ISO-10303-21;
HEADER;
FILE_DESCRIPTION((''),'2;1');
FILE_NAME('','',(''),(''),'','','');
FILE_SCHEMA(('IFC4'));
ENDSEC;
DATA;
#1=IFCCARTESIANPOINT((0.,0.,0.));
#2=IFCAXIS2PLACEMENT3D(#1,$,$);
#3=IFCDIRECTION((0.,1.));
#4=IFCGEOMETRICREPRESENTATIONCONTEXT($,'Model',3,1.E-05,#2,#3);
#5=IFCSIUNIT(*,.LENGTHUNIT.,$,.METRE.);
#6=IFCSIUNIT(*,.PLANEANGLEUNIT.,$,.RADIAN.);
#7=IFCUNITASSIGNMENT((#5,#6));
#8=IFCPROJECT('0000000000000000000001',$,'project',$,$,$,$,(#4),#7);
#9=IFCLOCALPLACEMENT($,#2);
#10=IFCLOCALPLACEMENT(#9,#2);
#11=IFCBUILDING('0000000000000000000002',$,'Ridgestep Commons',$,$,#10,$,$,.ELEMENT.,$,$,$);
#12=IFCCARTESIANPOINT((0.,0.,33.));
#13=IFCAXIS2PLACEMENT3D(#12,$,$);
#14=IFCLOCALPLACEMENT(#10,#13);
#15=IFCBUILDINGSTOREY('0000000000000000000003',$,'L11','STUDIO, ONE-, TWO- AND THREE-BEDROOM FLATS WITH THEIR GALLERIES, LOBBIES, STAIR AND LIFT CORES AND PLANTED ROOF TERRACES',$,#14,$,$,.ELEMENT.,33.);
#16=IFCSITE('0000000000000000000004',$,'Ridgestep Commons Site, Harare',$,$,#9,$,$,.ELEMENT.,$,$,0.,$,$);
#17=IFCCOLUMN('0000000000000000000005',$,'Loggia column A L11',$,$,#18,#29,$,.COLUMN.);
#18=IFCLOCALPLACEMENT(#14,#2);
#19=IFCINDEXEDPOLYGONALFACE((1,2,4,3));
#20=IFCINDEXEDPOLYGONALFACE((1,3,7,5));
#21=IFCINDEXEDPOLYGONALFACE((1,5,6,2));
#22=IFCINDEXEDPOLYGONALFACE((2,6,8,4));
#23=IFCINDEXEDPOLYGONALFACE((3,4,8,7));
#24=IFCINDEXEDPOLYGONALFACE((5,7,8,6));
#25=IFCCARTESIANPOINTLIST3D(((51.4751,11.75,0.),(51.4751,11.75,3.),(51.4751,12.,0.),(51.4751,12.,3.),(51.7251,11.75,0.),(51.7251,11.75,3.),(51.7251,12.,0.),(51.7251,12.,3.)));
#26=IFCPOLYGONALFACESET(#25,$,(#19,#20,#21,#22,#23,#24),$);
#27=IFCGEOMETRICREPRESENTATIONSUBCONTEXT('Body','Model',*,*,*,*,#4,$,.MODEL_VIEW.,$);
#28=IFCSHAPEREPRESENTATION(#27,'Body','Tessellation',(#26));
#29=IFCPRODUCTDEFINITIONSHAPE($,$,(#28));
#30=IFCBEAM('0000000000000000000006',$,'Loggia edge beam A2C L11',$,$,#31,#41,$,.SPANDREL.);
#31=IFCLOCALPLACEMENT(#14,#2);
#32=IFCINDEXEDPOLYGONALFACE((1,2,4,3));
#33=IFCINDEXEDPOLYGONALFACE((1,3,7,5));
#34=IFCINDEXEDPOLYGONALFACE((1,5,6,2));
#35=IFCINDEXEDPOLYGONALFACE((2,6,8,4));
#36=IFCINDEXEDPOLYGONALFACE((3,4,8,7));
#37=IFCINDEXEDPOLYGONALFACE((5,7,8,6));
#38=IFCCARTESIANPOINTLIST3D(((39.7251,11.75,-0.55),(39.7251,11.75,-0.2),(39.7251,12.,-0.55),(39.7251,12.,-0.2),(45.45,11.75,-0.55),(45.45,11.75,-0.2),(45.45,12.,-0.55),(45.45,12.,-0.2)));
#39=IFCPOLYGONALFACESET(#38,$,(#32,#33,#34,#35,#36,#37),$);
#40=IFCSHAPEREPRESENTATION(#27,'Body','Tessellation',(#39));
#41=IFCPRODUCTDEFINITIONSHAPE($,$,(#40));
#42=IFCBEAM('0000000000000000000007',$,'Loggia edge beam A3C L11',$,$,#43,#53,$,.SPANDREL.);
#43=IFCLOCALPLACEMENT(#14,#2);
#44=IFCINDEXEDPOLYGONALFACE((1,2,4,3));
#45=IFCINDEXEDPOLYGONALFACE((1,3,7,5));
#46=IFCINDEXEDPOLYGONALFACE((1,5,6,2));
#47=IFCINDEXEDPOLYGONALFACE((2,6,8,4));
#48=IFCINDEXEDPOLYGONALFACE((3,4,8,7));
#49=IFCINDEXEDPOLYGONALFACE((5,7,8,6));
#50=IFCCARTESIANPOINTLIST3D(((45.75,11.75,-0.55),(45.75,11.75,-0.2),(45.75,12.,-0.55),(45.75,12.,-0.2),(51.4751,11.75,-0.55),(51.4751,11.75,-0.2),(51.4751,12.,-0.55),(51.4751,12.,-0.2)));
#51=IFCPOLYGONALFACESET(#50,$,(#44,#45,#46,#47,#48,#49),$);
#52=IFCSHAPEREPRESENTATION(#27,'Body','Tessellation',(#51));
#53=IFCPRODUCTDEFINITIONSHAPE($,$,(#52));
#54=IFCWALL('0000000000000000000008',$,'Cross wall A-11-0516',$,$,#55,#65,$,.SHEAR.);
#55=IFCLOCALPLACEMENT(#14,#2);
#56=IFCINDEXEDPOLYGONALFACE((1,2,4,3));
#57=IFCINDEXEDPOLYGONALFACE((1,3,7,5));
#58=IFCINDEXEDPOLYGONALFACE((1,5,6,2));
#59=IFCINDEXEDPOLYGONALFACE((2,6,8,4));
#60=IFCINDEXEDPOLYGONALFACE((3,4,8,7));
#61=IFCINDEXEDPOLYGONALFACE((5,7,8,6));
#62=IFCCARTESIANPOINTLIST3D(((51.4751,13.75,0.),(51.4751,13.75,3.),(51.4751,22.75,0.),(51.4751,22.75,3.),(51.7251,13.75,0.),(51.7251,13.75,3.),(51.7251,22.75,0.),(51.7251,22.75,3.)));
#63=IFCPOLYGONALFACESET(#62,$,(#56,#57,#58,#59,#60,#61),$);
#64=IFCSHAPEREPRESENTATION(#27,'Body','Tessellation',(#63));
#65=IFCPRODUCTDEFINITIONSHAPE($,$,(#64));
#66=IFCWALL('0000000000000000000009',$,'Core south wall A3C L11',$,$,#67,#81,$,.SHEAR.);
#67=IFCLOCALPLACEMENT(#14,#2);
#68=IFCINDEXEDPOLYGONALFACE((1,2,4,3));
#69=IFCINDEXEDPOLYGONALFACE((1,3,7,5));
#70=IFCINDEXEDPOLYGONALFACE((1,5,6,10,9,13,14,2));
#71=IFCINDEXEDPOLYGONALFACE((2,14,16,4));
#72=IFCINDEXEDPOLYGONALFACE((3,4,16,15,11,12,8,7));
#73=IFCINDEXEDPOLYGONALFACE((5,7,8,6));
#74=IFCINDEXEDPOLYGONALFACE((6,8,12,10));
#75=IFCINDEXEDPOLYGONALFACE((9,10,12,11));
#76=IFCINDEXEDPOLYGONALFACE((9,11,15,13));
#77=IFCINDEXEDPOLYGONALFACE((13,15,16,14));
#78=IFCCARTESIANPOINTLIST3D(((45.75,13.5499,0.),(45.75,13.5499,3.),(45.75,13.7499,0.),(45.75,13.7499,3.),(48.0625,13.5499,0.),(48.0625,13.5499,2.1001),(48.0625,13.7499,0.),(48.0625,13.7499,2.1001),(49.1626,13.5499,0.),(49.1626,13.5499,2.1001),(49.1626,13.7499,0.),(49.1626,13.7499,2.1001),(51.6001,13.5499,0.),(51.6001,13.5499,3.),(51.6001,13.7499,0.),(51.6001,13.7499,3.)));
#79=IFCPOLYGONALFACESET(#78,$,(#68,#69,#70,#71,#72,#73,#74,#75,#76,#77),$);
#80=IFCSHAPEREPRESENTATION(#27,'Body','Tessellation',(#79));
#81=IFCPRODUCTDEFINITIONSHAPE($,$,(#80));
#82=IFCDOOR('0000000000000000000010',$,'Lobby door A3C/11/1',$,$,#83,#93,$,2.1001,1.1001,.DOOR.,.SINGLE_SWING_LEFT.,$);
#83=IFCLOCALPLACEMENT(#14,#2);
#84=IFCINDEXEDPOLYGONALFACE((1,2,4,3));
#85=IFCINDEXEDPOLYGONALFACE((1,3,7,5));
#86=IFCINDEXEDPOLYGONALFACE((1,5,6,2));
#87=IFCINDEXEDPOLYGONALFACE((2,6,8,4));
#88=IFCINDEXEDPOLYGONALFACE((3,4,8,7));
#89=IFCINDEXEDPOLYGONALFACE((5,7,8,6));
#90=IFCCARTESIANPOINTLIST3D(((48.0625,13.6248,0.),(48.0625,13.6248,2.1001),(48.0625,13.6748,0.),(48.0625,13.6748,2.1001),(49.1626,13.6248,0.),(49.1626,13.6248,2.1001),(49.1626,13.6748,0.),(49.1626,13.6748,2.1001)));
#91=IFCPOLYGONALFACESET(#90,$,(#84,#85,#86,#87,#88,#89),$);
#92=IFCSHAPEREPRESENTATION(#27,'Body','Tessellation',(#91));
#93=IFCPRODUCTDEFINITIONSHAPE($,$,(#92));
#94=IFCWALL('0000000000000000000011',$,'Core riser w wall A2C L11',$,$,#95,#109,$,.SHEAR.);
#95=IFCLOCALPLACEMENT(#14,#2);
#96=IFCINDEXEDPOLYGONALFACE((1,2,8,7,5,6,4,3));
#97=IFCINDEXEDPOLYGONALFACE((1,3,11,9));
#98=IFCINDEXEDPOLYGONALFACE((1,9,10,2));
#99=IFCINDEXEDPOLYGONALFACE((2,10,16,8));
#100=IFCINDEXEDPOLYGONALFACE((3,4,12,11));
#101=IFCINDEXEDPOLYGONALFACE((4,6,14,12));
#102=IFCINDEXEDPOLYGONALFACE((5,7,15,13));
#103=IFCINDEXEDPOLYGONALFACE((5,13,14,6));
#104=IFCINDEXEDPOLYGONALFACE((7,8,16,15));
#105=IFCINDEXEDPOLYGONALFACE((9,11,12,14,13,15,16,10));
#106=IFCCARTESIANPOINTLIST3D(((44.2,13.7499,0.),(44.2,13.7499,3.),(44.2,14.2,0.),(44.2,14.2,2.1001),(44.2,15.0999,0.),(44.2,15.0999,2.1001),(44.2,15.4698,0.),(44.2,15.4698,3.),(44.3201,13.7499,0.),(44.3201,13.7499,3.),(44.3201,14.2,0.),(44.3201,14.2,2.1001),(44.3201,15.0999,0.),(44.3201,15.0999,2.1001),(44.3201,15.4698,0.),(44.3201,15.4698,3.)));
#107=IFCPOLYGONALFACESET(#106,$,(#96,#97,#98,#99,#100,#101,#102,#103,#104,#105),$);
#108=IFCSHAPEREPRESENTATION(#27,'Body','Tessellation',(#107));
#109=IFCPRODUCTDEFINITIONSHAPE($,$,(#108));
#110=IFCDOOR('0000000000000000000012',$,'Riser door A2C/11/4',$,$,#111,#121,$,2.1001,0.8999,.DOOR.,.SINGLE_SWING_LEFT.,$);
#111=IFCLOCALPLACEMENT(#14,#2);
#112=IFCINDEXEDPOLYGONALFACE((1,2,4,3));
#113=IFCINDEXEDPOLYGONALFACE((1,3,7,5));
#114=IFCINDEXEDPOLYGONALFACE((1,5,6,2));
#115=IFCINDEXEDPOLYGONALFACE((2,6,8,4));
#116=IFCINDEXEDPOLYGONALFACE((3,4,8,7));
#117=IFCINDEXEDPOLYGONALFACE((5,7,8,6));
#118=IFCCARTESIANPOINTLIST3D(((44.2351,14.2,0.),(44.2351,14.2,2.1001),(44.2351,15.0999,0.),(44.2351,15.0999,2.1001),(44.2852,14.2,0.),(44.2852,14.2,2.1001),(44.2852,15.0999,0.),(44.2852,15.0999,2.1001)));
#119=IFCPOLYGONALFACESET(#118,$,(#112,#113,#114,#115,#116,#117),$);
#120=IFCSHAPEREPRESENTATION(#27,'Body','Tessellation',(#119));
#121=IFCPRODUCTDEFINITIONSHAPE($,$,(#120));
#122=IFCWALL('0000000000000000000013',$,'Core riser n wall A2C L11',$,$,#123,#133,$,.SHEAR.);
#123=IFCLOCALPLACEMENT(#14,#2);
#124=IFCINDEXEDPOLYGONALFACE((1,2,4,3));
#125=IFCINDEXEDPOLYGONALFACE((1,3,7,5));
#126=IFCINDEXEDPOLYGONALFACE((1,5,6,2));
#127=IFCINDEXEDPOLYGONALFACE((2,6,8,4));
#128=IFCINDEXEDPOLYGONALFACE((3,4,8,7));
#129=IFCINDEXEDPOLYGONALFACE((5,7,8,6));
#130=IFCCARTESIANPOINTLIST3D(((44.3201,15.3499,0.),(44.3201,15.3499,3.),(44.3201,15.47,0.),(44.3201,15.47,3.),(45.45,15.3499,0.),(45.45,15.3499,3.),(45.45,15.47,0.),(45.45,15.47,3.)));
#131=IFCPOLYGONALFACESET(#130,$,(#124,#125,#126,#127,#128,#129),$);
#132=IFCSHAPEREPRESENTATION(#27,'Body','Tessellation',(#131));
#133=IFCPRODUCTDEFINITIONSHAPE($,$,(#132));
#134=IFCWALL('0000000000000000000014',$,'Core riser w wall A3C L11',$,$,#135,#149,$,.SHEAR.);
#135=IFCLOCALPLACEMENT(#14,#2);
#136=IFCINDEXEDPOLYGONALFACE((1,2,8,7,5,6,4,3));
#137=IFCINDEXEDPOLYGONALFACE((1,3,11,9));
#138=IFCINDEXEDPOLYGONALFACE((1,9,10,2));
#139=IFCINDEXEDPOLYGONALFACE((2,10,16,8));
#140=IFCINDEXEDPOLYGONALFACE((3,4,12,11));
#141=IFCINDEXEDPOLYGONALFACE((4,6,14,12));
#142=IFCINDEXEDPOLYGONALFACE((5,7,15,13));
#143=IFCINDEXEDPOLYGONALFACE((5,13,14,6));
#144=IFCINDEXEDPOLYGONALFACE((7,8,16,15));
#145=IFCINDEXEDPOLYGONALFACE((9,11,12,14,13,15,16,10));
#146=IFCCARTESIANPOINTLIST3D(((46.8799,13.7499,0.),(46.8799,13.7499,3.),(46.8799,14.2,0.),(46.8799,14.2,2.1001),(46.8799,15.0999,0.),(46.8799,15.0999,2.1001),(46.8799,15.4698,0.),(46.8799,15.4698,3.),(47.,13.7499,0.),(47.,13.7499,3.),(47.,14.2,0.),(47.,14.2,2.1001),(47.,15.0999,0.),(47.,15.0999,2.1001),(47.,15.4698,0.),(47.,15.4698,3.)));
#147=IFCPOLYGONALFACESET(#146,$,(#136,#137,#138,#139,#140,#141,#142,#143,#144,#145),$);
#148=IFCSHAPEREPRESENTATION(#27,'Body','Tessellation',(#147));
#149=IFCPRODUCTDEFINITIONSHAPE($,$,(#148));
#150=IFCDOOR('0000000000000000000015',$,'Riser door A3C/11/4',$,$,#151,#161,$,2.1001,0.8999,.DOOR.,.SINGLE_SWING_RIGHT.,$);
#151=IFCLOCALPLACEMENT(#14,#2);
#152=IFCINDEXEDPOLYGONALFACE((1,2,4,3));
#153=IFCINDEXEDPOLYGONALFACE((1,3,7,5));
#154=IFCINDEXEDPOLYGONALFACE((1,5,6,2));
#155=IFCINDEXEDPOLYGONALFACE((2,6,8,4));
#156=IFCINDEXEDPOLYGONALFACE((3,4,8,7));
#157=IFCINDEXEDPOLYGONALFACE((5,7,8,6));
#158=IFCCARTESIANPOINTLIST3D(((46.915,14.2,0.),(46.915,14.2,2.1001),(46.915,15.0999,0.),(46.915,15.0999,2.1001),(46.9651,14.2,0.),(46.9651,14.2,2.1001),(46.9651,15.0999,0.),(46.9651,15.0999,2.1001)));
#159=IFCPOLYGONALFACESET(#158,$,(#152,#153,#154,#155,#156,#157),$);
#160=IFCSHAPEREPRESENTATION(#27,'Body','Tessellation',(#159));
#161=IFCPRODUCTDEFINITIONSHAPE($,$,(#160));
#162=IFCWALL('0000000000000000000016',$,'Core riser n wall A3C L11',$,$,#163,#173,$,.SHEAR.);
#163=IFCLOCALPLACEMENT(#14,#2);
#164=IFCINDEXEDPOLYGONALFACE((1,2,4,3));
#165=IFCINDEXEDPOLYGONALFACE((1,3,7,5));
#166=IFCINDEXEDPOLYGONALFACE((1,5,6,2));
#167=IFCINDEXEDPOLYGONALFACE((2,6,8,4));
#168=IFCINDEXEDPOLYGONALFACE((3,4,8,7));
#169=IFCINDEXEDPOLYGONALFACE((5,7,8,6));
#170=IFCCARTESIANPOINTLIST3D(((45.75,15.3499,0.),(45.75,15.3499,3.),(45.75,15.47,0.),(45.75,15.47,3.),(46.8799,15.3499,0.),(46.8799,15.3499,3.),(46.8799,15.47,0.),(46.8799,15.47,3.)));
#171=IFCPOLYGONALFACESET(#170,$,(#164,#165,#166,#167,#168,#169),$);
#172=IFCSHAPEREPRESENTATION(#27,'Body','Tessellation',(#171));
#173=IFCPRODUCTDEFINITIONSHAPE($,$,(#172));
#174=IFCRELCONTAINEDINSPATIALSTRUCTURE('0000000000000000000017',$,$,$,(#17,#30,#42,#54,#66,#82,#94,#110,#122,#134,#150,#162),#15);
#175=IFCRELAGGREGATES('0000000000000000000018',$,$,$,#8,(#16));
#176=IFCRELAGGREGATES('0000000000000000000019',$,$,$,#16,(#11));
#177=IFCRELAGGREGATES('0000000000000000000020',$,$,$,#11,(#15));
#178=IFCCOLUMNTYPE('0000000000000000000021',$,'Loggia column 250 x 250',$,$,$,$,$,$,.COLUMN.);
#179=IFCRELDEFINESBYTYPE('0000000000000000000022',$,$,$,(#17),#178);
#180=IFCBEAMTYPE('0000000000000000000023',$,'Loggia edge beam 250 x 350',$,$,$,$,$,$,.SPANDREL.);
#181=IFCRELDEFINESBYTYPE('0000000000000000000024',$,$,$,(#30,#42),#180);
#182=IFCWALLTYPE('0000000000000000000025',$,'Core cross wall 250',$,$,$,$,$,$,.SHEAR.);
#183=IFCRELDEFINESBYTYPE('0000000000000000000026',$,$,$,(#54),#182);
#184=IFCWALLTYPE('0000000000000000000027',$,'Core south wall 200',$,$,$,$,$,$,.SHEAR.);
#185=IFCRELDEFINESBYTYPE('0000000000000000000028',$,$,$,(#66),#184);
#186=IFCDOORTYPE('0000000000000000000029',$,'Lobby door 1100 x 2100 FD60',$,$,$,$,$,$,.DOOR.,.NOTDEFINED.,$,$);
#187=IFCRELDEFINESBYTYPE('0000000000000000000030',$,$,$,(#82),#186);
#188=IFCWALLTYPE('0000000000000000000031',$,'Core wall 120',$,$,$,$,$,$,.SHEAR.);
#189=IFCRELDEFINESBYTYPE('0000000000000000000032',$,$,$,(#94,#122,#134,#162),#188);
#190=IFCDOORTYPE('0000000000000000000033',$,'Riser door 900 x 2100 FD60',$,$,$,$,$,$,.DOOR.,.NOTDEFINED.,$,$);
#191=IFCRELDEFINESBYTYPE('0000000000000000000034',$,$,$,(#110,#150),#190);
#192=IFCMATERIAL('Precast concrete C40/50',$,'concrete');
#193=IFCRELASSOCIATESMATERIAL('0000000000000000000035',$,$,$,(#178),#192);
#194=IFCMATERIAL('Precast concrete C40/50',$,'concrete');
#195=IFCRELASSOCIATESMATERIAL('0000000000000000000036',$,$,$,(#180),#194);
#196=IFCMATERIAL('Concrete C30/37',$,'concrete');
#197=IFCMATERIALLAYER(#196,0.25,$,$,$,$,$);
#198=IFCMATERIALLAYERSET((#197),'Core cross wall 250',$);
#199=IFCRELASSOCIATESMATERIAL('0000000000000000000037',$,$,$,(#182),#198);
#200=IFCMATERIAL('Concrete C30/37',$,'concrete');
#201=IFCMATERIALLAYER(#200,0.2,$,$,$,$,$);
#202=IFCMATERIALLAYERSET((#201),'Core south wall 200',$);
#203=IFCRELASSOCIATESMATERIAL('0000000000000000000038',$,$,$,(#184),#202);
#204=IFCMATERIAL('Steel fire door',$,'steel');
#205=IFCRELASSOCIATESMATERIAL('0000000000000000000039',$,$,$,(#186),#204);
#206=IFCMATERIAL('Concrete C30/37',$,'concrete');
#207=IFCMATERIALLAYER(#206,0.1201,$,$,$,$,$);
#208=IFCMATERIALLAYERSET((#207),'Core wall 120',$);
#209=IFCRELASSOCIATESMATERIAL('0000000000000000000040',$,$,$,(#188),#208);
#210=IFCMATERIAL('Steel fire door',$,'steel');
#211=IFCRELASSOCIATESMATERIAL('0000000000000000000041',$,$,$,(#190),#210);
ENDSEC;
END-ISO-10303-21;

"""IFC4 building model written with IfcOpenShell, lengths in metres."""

from ifc_helpers import new_model, si_unit, direction, frame, frame_2d, origin, origin_2d, place, context, subcontext, project, spatial, rectangle, extrude, material, layer, layer_set, material_profile, profile_set, type_object, element, fill, save


model = new_model("IFC4")

# Units and contexts
model_context = context("Model", 3, precision=1e-05, world=origin(), true_north=direction((0.0, 1.0)))
body_context = subcontext(model_context, "Body", "Model", "MODEL_VIEW")
ifc_project = project(units=[si_unit("LENGTHUNIT", "METRE"), si_unit("PLANEANGLEUNIT", "RADIAN")], contexts=[model_context])

# Site, building, storey
site_placement = place(None, origin())
site = spatial("IfcSite", under=ifc_project, at=site_placement, Name="Ridgestep Commons Site, Harare", CompositionType="ELEMENT", RefElevation=0.0)
building_placement = place(site_placement, origin())
building = spatial("IfcBuilding", under=site, at=building_placement, Name="Ridgestep Commons", CompositionType="ELEMENT")
storey_placement = place(building_placement, frame((0.0, 0.0, 33.0)))
storey = spatial("IfcBuildingStorey", under=building, at=storey_placement, Name="L11", Description="STUDIO, ONE-, TWO- AND THREE-BEDROOM FLATS WITH THEIR GALLERIES, LOBBIES, STAIR AND LIFT CORES AND PLANTED ROOF TERRACES", CompositionType="ELEMENT", Elevation=33.0)

# Column
ifc_material_1 = material(Name="Precast concrete C40/50", Category="concrete")
ifc_material_profile_1 = material_profile(ifc_material_1, rectangle(XDim=0.25, YDim=0.25, at=origin_2d()), Name="PC 250x250")
ifc_profile_set_1 = profile_set([ifc_material_profile_1], Name="Precast concrete C40/50")
column_type = type_object("IfcColumnType", Name="Loggia column 250 x 250", PredefinedType="COLUMN", material=ifc_profile_set_1)
column_placement = place(storey_placement, frame((51.6001, 11.875, 0.0), z_axis=(0.0, 0.0, 1.0), x_axis=(1.0, 0.0, 0.0)))
element("IfcColumn", 1, at=column_placement, inside=storey, type_object=column_type, Name="Loggia column A L11", PredefinedType="COLUMN", context=body_context, shape_type="SweptSolid", body=[
    extrude(rectangle(XDim=0.25, YDim=0.25, at=origin_2d()), origin(), (0.0, 0.0, 1.0), 3.0),
])

# Beams
ifc_material_2 = material(Name="Precast concrete C40/50", Category="concrete")
ifc_material_profile_2 = material_profile(ifc_material_2, rectangle(XDim=0.25, YDim=0.3501, at=origin_2d()), Name="PC 250x350")
ifc_profile_set_2 = profile_set([ifc_material_profile_2], Name="Precast concrete C40/50")
beam_type = type_object("IfcBeamType", Name="Loggia edge beam 250 x 350", PredefinedType="SPANDREL", material=ifc_profile_set_2)
beam_1_placement = place(storey_placement, frame((39.7251, 11.875, -0.375), z_axis=(1.0, 0.0, 0.0), x_axis=(0.0, 1.0, 0.0)))
element("IfcBeam", 2, at=beam_1_placement, inside=storey, type_object=beam_type, Name="Loggia edge beam A2C L11", PredefinedType="SPANDREL", context=body_context, shape_type="SweptSolid", body=[
    extrude(rectangle(XDim=0.25, YDim=0.3501, at=origin_2d()), origin(), (0.0, 0.0, 1.0), 5.7249),
])
beam_2_placement = place(storey_placement, frame((45.75, 11.875, -0.375), z_axis=(1.0, 0.0, 0.0), x_axis=(0.0, 1.0, 0.0)))
element("IfcBeam", 3, at=beam_2_placement, inside=storey, type_object=beam_type, Name="Loggia edge beam A3C L11", PredefinedType="SPANDREL", context=body_context, shape_type="SweptSolid", body=[
    extrude(rectangle(XDim=0.25, YDim=0.3501, at=origin_2d()), origin(), (0.0, 0.0, 1.0), 5.7251),
])

# Wall
ifc_material_3 = material(Name="Concrete C30/37", Category="concrete")
ifc_layer_1 = layer(ifc_material_3, 0.25)
ifc_layer_set_1 = layer_set([ifc_layer_1], Name="Core cross wall 250")
wall_type_1 = type_object("IfcWallType", Name="Core cross wall 250", PredefinedType="SHEAR", material=ifc_layer_set_1)
wall_1_placement = place(storey_placement, frame((51.6001, 13.75, 0.0), z_axis=(0.0, 0.0, 1.0), x_axis=(0.0, 1.0, 0.0)))
element("IfcWall", 4, at=wall_1_placement, inside=storey, type_object=wall_type_1, Name="Cross wall A-11-0516", PredefinedType="SHEAR", context=body_context, shape_type="SweptSolid", body=[
    extrude(rectangle(XDim=9.0, YDim=0.25, at=frame_2d((4.5, 0.0))), origin(), (0.0, 0.0, 1.0), 3.0),
])

# Walls, openings, doors
ifc_material_4 = material(Name="Concrete C30/37", Category="concrete")
ifc_layer_2 = layer(ifc_material_4, 0.2)
ifc_layer_set_2 = layer_set([ifc_layer_2], Name="Core south wall 200")
wall_type_2 = type_object("IfcWallType", Name="Core south wall 200", PredefinedType="SHEAR", material=ifc_layer_set_2)
wall_2_placement = place(storey_placement, frame((45.75, 13.6499, 0.0), z_axis=(0.0, 0.0, 1.0), x_axis=(1.0, 0.0, 0.0)))
wall_2 = element("IfcWall", 5, at=wall_2_placement, inside=storey, type_object=wall_type_2, Name="Core south wall A3C L11", PredefinedType="SHEAR", context=body_context, shape_type="SweptSolid", body=[
    extrude(rectangle(XDim=5.8501, YDim=0.2, at=frame_2d((2.925, 0.0))), origin(), (0.0, 0.0, 1.0), 3.0),
])
opening_1_placement = place(wall_2_placement, frame((2.3125, 0.0, 0.0)))
opening_1 = element("IfcOpeningElement", 6, at=opening_1_placement, cuts=wall_2, PredefinedType="OPENING", context=body_context, shape_type="SweptSolid", body=[
    extrude(rectangle(XDim=1.1001, YDim=2.1001, at=frame_2d((0.55, 1.05))), frame((0.0, 0.1099, 0.0), z_axis=(0.0, -1.0, 0.0), x_axis=(1.0, 0.0, 0.0)), (0.0, 0.0, 1.0), 0.22),
])
ifc_material_5 = material(Name="Steel fire door", Category="steel")
door_type_1 = type_object("IfcDoorType", Name="Lobby door 1100 x 2100 FD60", OperationType="NOTDEFINED", PredefinedType="DOOR", material=ifc_material_5)
door_1_placement = place(opening_1_placement, origin())
door_1 = element("IfcDoor", 7, at=door_1_placement, inside=storey, type_object=door_type_1, Name="Lobby door A3C/11/1", OperationType="SINGLE_SWING_LEFT", OverallHeight=2.1001, OverallWidth=1.1001, PredefinedType="DOOR", context=body_context, shape_type="SweptSolid", body=[
    extrude(rectangle(XDim=1.1001, YDim=2.1001, at=frame_2d((0.55, 1.05))), frame((0.0, 0.0249, 0.0), z_axis=(0.0, -1.0, 0.0), x_axis=(1.0, 0.0, 0.0)), (0.0, 0.0, 1.0), 0.05),
])
fill(opening_1, door_1)
ifc_material_6 = material(Name="Concrete C30/37", Category="concrete")
ifc_layer_3 = layer(ifc_material_6, 0.1201)
ifc_layer_set_3 = layer_set([ifc_layer_3], Name="Core wall 120")
wall_type_3 = type_object("IfcWallType", Name="Core wall 120", PredefinedType="SHEAR", material=ifc_layer_set_3)
wall_3_placement = place(storey_placement, frame((44.26, 13.75, 0.0), z_axis=(0.0, 0.0, 1.0), x_axis=(0.0, 1.0, 0.0)))
wall_3 = element("IfcWall", 8, at=wall_3_placement, inside=storey, type_object=wall_type_3, Name="Core riser w wall A2C L11", PredefinedType="SHEAR", context=body_context, shape_type="SweptSolid", body=[
    extrude(rectangle(XDim=1.72, YDim=0.1201, at=frame_2d((0.8599, 0.0))), origin(), (0.0, 0.0, 1.0), 3.0),
])
opening_2_placement = place(wall_3_placement, frame((0.45, 0.0, 0.0)))
opening_2 = element("IfcOpeningElement", 9, at=opening_2_placement, cuts=wall_3, PredefinedType="OPENING", context=body_context, shape_type="SweptSolid", body=[
    extrude(rectangle(XDim=0.8999, YDim=2.1001, at=frame_2d((0.45, 1.05))), frame((0.0, 0.0701, 0.0), z_axis=(0.0, -1.0, 0.0), x_axis=(1.0, 0.0, 0.0)), (0.0, 0.0, 1.0), 0.1401),
])
ifc_material_7 = material(Name="Steel fire door", Category="steel")
door_type_2 = type_object("IfcDoorType", Name="Riser door 900 x 2100 FD60", OperationType="NOTDEFINED", PredefinedType="DOOR", material=ifc_material_7)
door_2_placement = place(opening_2_placement, origin())
door_2 = element("IfcDoor", 10, at=door_2_placement, inside=storey, type_object=door_type_2, Name="Riser door A2C/11/4", OperationType="SINGLE_SWING_LEFT", OverallHeight=2.1001, OverallWidth=0.8999, PredefinedType="DOOR", context=body_context, shape_type="SweptSolid", body=[
    extrude(rectangle(XDim=0.8999, YDim=2.1001, at=frame_2d((0.45, 1.05))), frame((0.0, 0.0249, 0.0), z_axis=(0.0, -1.0, 0.0), x_axis=(1.0, 0.0, 0.0)), (0.0, 0.0, 1.0), 0.05),
])
fill(opening_2, door_2)

# Wall
wall_4_placement = place(storey_placement, frame((44.3201, 15.4099, 0.0), z_axis=(0.0, 0.0, 1.0), x_axis=(1.0, 0.0, 0.0)))
element("IfcWall", 11, at=wall_4_placement, inside=storey, type_object=wall_type_3, Name="Core riser n wall A2C L11", PredefinedType="SHEAR", context=body_context, shape_type="SweptSolid", body=[
    extrude(rectangle(XDim=1.1299, YDim=0.1201, at=frame_2d((0.5649, 0.0))), origin(), (0.0, 0.0, 1.0), 3.0),
])

# Wall, opening, door
wall_5_placement = place(storey_placement, frame((46.9399, 13.75, 0.0), z_axis=(0.0, 0.0, 1.0), x_axis=(0.0, 1.0, 0.0)))
wall_5 = element("IfcWall", 12, at=wall_5_placement, inside=storey, type_object=wall_type_3, Name="Core riser w wall A3C L11", PredefinedType="SHEAR", context=body_context, shape_type="SweptSolid", body=[
    extrude(rectangle(XDim=1.72, YDim=0.1201, at=frame_2d((0.8599, 0.0))), origin(), (0.0, 0.0, 1.0), 3.0),
])
opening_3_placement = place(wall_5_placement, frame((0.45, 0.0, 0.0)))
opening_3 = element("IfcOpeningElement", 13, at=opening_3_placement, cuts=wall_5, PredefinedType="OPENING", context=body_context, shape_type="SweptSolid", body=[
    extrude(rectangle(XDim=0.8999, YDim=2.1001, at=frame_2d((0.45, 1.05))), frame((0.0, 0.0701, 0.0), z_axis=(0.0, -1.0, 0.0), x_axis=(1.0, 0.0, 0.0)), (0.0, 0.0, 1.0), 0.1401),
])
door_3_placement = place(opening_3_placement, origin())
door_3 = element("IfcDoor", 14, at=door_3_placement, inside=storey, type_object=door_type_2, Name="Riser door A3C/11/4", OperationType="SINGLE_SWING_RIGHT", OverallHeight=2.1001, OverallWidth=0.8999, PredefinedType="DOOR", context=body_context, shape_type="SweptSolid", body=[
    extrude(rectangle(XDim=0.8999, YDim=2.1001, at=frame_2d((0.45, 1.05))), frame((0.0, 0.0249, 0.0), z_axis=(0.0, -1.0, 0.0), x_axis=(1.0, 0.0, 0.0)), (0.0, 0.0, 1.0), 0.05),
])
fill(opening_3, door_3)

# Wall
wall_6_placement = place(storey_placement, frame((45.75, 15.4099, 0.0), z_axis=(0.0, 0.0, 1.0), x_axis=(1.0, 0.0, 0.0)))
element("IfcWall", 15, at=wall_6_placement, inside=storey, type_object=wall_type_3, Name="Core riser n wall A3C L11", PredefinedType="SHEAR", context=body_context, shape_type="SweptSolid", body=[
    extrude(rectangle(XDim=1.1299, YDim=0.1201, at=frame_2d((0.5649, 0.0))), origin(), (0.0, 0.0, 1.0), 3.0),
])

save(model, "model.ifc")
